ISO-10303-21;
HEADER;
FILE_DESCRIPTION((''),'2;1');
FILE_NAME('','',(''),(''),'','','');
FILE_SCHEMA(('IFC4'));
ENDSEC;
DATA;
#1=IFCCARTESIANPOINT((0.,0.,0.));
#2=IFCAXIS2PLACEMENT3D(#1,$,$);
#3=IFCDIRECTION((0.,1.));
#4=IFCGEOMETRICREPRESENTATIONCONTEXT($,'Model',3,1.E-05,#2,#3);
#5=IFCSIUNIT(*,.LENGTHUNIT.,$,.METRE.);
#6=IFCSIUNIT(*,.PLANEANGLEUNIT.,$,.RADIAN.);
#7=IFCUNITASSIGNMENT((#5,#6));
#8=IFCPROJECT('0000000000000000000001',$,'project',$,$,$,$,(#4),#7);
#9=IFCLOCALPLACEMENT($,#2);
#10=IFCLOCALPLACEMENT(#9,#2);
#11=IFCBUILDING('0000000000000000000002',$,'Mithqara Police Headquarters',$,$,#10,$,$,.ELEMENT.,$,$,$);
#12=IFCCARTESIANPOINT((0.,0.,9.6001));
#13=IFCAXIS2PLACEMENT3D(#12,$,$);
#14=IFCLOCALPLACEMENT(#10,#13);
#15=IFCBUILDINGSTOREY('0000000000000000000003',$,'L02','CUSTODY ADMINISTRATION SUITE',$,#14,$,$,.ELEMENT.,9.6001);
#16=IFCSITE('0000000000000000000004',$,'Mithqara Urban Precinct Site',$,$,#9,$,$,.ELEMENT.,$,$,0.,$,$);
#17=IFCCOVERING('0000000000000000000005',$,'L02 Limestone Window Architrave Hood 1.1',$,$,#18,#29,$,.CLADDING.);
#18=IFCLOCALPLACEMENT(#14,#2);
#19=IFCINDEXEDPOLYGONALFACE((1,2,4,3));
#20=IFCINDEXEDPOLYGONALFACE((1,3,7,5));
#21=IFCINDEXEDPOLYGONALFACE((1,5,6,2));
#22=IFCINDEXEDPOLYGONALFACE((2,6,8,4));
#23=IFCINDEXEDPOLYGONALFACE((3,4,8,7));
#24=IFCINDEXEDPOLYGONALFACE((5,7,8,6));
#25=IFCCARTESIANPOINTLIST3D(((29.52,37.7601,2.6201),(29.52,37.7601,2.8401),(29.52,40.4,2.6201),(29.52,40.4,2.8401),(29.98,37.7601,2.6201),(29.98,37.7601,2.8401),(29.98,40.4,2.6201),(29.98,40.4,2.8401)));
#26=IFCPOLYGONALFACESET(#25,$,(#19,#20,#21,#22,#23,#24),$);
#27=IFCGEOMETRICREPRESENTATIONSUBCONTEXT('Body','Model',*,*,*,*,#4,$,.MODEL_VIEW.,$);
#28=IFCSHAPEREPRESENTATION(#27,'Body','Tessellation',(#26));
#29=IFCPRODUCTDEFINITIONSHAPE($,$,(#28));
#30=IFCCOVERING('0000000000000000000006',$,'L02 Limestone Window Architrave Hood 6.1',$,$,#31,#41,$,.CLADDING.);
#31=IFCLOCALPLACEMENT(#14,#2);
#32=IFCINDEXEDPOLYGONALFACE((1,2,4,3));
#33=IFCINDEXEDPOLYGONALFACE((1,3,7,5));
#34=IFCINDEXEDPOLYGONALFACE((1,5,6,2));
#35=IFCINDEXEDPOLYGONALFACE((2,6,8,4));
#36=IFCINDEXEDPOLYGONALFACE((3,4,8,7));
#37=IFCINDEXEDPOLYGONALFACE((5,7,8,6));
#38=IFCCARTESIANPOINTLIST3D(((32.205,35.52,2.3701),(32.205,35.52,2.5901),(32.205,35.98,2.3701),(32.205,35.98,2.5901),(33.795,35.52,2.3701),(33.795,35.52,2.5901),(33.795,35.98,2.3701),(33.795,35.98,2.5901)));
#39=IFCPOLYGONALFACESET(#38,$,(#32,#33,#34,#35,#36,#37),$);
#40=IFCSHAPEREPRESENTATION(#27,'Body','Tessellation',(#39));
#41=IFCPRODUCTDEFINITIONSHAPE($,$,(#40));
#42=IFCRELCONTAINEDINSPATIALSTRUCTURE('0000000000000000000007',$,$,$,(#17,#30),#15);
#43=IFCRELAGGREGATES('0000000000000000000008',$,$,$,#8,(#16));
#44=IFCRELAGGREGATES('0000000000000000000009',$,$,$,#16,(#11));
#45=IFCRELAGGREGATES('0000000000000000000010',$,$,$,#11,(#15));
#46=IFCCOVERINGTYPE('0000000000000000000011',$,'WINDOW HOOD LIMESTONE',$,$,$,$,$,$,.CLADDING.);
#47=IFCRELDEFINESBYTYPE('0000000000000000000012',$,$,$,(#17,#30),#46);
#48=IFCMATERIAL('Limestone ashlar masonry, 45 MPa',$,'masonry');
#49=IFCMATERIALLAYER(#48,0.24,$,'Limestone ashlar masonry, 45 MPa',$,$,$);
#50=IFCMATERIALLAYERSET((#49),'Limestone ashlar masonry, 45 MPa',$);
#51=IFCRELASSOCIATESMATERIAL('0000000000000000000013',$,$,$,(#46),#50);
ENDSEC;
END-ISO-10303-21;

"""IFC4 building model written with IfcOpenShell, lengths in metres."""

from ifc_helpers import new_model, si_unit, direction, frame, origin, origin_2d, place, context, subcontext, project, spatial, rectangle, extrude, material, layer, layer_set, type_object, element, save


model = new_model("IFC4")

# Units and contexts
model_context = context("Model", 3, precision=1e-05, world=origin(), true_north=direction((0.0, 1.0)))
body_context = subcontext(model_context, "Body", "Model", "MODEL_VIEW")
ifc_project = project(units=[si_unit("LENGTHUNIT", "METRE"), si_unit("PLANEANGLEUNIT", "RADIAN")], contexts=[model_context])

# Site, building, storey
site_placement = place(None, origin())
site = spatial("IfcSite", under=ifc_project, at=site_placement, Name="Mithqara Urban Precinct Site", CompositionType="ELEMENT", RefElevation=0.0)
building_placement = place(site_placement, origin())
building = spatial("IfcBuilding", under=site, at=building_placement, Name="Mithqara Police Headquarters", CompositionType="ELEMENT")
storey_placement = place(building_placement, frame((0.0, 0.0, 9.6001)))
storey = spatial("IfcBuildingStorey", under=building, at=storey_placement, Name="L02", Description="CUSTODY ADMINISTRATION SUITE", CompositionType="ELEMENT", Elevation=9.6001)

# Shared definitions
ifc_material_1 = material(Name="Limestone ashlar masonry, 45 MPa", Category="masonry")

# Coverings
ifc_layer_1 = layer(ifc_material_1, 0.24, Name="Limestone ashlar masonry, 45 MPa")
ifc_layer_set_1 = layer_set([ifc_layer_1], Name="Limestone ashlar masonry, 45 MPa")
covering_type = type_object("IfcCoveringType", Name="WINDOW HOOD LIMESTONE", PredefinedType="CLADDING", material=ifc_layer_set_1)
covering_1_placement = place(storey_placement, frame((29.75, 39.0801, 2.6201), z_axis=(0.0, 0.0, 1.0), x_axis=(0.0, 1.0, 0.0)))
element("IfcCovering", 1, at=covering_1_placement, inside=storey, type_object=covering_type, Name="L02 Limestone Window Architrave Hood 1.1", PredefinedType="CLADDING", context=body_context, shape_type="SweptSolid", body=[
    extrude(rectangle(XDim=2.6399, YDim=0.46, at=origin_2d()), origin(), (0.0, 0.0, 1.0), 0.22),
])
covering_2_placement = place(storey_placement, frame((33.0, 35.75, 2.3701), z_axis=(0.0, 0.0, 1.0), x_axis=(1.0, 0.0, 0.0)))
element("IfcCovering", 2, at=covering_2_placement, inside=storey, type_object=covering_type, Name="L02 Limestone Window Architrave Hood 6.1", PredefinedType="CLADDING", context=body_context, shape_type="SweptSolid", body=[
    extrude(rectangle(XDim=1.5901, YDim=0.46, at=origin_2d()), origin(), (0.0, 0.0, 1.0), 0.22),
])

save(model, "model.ifc")
